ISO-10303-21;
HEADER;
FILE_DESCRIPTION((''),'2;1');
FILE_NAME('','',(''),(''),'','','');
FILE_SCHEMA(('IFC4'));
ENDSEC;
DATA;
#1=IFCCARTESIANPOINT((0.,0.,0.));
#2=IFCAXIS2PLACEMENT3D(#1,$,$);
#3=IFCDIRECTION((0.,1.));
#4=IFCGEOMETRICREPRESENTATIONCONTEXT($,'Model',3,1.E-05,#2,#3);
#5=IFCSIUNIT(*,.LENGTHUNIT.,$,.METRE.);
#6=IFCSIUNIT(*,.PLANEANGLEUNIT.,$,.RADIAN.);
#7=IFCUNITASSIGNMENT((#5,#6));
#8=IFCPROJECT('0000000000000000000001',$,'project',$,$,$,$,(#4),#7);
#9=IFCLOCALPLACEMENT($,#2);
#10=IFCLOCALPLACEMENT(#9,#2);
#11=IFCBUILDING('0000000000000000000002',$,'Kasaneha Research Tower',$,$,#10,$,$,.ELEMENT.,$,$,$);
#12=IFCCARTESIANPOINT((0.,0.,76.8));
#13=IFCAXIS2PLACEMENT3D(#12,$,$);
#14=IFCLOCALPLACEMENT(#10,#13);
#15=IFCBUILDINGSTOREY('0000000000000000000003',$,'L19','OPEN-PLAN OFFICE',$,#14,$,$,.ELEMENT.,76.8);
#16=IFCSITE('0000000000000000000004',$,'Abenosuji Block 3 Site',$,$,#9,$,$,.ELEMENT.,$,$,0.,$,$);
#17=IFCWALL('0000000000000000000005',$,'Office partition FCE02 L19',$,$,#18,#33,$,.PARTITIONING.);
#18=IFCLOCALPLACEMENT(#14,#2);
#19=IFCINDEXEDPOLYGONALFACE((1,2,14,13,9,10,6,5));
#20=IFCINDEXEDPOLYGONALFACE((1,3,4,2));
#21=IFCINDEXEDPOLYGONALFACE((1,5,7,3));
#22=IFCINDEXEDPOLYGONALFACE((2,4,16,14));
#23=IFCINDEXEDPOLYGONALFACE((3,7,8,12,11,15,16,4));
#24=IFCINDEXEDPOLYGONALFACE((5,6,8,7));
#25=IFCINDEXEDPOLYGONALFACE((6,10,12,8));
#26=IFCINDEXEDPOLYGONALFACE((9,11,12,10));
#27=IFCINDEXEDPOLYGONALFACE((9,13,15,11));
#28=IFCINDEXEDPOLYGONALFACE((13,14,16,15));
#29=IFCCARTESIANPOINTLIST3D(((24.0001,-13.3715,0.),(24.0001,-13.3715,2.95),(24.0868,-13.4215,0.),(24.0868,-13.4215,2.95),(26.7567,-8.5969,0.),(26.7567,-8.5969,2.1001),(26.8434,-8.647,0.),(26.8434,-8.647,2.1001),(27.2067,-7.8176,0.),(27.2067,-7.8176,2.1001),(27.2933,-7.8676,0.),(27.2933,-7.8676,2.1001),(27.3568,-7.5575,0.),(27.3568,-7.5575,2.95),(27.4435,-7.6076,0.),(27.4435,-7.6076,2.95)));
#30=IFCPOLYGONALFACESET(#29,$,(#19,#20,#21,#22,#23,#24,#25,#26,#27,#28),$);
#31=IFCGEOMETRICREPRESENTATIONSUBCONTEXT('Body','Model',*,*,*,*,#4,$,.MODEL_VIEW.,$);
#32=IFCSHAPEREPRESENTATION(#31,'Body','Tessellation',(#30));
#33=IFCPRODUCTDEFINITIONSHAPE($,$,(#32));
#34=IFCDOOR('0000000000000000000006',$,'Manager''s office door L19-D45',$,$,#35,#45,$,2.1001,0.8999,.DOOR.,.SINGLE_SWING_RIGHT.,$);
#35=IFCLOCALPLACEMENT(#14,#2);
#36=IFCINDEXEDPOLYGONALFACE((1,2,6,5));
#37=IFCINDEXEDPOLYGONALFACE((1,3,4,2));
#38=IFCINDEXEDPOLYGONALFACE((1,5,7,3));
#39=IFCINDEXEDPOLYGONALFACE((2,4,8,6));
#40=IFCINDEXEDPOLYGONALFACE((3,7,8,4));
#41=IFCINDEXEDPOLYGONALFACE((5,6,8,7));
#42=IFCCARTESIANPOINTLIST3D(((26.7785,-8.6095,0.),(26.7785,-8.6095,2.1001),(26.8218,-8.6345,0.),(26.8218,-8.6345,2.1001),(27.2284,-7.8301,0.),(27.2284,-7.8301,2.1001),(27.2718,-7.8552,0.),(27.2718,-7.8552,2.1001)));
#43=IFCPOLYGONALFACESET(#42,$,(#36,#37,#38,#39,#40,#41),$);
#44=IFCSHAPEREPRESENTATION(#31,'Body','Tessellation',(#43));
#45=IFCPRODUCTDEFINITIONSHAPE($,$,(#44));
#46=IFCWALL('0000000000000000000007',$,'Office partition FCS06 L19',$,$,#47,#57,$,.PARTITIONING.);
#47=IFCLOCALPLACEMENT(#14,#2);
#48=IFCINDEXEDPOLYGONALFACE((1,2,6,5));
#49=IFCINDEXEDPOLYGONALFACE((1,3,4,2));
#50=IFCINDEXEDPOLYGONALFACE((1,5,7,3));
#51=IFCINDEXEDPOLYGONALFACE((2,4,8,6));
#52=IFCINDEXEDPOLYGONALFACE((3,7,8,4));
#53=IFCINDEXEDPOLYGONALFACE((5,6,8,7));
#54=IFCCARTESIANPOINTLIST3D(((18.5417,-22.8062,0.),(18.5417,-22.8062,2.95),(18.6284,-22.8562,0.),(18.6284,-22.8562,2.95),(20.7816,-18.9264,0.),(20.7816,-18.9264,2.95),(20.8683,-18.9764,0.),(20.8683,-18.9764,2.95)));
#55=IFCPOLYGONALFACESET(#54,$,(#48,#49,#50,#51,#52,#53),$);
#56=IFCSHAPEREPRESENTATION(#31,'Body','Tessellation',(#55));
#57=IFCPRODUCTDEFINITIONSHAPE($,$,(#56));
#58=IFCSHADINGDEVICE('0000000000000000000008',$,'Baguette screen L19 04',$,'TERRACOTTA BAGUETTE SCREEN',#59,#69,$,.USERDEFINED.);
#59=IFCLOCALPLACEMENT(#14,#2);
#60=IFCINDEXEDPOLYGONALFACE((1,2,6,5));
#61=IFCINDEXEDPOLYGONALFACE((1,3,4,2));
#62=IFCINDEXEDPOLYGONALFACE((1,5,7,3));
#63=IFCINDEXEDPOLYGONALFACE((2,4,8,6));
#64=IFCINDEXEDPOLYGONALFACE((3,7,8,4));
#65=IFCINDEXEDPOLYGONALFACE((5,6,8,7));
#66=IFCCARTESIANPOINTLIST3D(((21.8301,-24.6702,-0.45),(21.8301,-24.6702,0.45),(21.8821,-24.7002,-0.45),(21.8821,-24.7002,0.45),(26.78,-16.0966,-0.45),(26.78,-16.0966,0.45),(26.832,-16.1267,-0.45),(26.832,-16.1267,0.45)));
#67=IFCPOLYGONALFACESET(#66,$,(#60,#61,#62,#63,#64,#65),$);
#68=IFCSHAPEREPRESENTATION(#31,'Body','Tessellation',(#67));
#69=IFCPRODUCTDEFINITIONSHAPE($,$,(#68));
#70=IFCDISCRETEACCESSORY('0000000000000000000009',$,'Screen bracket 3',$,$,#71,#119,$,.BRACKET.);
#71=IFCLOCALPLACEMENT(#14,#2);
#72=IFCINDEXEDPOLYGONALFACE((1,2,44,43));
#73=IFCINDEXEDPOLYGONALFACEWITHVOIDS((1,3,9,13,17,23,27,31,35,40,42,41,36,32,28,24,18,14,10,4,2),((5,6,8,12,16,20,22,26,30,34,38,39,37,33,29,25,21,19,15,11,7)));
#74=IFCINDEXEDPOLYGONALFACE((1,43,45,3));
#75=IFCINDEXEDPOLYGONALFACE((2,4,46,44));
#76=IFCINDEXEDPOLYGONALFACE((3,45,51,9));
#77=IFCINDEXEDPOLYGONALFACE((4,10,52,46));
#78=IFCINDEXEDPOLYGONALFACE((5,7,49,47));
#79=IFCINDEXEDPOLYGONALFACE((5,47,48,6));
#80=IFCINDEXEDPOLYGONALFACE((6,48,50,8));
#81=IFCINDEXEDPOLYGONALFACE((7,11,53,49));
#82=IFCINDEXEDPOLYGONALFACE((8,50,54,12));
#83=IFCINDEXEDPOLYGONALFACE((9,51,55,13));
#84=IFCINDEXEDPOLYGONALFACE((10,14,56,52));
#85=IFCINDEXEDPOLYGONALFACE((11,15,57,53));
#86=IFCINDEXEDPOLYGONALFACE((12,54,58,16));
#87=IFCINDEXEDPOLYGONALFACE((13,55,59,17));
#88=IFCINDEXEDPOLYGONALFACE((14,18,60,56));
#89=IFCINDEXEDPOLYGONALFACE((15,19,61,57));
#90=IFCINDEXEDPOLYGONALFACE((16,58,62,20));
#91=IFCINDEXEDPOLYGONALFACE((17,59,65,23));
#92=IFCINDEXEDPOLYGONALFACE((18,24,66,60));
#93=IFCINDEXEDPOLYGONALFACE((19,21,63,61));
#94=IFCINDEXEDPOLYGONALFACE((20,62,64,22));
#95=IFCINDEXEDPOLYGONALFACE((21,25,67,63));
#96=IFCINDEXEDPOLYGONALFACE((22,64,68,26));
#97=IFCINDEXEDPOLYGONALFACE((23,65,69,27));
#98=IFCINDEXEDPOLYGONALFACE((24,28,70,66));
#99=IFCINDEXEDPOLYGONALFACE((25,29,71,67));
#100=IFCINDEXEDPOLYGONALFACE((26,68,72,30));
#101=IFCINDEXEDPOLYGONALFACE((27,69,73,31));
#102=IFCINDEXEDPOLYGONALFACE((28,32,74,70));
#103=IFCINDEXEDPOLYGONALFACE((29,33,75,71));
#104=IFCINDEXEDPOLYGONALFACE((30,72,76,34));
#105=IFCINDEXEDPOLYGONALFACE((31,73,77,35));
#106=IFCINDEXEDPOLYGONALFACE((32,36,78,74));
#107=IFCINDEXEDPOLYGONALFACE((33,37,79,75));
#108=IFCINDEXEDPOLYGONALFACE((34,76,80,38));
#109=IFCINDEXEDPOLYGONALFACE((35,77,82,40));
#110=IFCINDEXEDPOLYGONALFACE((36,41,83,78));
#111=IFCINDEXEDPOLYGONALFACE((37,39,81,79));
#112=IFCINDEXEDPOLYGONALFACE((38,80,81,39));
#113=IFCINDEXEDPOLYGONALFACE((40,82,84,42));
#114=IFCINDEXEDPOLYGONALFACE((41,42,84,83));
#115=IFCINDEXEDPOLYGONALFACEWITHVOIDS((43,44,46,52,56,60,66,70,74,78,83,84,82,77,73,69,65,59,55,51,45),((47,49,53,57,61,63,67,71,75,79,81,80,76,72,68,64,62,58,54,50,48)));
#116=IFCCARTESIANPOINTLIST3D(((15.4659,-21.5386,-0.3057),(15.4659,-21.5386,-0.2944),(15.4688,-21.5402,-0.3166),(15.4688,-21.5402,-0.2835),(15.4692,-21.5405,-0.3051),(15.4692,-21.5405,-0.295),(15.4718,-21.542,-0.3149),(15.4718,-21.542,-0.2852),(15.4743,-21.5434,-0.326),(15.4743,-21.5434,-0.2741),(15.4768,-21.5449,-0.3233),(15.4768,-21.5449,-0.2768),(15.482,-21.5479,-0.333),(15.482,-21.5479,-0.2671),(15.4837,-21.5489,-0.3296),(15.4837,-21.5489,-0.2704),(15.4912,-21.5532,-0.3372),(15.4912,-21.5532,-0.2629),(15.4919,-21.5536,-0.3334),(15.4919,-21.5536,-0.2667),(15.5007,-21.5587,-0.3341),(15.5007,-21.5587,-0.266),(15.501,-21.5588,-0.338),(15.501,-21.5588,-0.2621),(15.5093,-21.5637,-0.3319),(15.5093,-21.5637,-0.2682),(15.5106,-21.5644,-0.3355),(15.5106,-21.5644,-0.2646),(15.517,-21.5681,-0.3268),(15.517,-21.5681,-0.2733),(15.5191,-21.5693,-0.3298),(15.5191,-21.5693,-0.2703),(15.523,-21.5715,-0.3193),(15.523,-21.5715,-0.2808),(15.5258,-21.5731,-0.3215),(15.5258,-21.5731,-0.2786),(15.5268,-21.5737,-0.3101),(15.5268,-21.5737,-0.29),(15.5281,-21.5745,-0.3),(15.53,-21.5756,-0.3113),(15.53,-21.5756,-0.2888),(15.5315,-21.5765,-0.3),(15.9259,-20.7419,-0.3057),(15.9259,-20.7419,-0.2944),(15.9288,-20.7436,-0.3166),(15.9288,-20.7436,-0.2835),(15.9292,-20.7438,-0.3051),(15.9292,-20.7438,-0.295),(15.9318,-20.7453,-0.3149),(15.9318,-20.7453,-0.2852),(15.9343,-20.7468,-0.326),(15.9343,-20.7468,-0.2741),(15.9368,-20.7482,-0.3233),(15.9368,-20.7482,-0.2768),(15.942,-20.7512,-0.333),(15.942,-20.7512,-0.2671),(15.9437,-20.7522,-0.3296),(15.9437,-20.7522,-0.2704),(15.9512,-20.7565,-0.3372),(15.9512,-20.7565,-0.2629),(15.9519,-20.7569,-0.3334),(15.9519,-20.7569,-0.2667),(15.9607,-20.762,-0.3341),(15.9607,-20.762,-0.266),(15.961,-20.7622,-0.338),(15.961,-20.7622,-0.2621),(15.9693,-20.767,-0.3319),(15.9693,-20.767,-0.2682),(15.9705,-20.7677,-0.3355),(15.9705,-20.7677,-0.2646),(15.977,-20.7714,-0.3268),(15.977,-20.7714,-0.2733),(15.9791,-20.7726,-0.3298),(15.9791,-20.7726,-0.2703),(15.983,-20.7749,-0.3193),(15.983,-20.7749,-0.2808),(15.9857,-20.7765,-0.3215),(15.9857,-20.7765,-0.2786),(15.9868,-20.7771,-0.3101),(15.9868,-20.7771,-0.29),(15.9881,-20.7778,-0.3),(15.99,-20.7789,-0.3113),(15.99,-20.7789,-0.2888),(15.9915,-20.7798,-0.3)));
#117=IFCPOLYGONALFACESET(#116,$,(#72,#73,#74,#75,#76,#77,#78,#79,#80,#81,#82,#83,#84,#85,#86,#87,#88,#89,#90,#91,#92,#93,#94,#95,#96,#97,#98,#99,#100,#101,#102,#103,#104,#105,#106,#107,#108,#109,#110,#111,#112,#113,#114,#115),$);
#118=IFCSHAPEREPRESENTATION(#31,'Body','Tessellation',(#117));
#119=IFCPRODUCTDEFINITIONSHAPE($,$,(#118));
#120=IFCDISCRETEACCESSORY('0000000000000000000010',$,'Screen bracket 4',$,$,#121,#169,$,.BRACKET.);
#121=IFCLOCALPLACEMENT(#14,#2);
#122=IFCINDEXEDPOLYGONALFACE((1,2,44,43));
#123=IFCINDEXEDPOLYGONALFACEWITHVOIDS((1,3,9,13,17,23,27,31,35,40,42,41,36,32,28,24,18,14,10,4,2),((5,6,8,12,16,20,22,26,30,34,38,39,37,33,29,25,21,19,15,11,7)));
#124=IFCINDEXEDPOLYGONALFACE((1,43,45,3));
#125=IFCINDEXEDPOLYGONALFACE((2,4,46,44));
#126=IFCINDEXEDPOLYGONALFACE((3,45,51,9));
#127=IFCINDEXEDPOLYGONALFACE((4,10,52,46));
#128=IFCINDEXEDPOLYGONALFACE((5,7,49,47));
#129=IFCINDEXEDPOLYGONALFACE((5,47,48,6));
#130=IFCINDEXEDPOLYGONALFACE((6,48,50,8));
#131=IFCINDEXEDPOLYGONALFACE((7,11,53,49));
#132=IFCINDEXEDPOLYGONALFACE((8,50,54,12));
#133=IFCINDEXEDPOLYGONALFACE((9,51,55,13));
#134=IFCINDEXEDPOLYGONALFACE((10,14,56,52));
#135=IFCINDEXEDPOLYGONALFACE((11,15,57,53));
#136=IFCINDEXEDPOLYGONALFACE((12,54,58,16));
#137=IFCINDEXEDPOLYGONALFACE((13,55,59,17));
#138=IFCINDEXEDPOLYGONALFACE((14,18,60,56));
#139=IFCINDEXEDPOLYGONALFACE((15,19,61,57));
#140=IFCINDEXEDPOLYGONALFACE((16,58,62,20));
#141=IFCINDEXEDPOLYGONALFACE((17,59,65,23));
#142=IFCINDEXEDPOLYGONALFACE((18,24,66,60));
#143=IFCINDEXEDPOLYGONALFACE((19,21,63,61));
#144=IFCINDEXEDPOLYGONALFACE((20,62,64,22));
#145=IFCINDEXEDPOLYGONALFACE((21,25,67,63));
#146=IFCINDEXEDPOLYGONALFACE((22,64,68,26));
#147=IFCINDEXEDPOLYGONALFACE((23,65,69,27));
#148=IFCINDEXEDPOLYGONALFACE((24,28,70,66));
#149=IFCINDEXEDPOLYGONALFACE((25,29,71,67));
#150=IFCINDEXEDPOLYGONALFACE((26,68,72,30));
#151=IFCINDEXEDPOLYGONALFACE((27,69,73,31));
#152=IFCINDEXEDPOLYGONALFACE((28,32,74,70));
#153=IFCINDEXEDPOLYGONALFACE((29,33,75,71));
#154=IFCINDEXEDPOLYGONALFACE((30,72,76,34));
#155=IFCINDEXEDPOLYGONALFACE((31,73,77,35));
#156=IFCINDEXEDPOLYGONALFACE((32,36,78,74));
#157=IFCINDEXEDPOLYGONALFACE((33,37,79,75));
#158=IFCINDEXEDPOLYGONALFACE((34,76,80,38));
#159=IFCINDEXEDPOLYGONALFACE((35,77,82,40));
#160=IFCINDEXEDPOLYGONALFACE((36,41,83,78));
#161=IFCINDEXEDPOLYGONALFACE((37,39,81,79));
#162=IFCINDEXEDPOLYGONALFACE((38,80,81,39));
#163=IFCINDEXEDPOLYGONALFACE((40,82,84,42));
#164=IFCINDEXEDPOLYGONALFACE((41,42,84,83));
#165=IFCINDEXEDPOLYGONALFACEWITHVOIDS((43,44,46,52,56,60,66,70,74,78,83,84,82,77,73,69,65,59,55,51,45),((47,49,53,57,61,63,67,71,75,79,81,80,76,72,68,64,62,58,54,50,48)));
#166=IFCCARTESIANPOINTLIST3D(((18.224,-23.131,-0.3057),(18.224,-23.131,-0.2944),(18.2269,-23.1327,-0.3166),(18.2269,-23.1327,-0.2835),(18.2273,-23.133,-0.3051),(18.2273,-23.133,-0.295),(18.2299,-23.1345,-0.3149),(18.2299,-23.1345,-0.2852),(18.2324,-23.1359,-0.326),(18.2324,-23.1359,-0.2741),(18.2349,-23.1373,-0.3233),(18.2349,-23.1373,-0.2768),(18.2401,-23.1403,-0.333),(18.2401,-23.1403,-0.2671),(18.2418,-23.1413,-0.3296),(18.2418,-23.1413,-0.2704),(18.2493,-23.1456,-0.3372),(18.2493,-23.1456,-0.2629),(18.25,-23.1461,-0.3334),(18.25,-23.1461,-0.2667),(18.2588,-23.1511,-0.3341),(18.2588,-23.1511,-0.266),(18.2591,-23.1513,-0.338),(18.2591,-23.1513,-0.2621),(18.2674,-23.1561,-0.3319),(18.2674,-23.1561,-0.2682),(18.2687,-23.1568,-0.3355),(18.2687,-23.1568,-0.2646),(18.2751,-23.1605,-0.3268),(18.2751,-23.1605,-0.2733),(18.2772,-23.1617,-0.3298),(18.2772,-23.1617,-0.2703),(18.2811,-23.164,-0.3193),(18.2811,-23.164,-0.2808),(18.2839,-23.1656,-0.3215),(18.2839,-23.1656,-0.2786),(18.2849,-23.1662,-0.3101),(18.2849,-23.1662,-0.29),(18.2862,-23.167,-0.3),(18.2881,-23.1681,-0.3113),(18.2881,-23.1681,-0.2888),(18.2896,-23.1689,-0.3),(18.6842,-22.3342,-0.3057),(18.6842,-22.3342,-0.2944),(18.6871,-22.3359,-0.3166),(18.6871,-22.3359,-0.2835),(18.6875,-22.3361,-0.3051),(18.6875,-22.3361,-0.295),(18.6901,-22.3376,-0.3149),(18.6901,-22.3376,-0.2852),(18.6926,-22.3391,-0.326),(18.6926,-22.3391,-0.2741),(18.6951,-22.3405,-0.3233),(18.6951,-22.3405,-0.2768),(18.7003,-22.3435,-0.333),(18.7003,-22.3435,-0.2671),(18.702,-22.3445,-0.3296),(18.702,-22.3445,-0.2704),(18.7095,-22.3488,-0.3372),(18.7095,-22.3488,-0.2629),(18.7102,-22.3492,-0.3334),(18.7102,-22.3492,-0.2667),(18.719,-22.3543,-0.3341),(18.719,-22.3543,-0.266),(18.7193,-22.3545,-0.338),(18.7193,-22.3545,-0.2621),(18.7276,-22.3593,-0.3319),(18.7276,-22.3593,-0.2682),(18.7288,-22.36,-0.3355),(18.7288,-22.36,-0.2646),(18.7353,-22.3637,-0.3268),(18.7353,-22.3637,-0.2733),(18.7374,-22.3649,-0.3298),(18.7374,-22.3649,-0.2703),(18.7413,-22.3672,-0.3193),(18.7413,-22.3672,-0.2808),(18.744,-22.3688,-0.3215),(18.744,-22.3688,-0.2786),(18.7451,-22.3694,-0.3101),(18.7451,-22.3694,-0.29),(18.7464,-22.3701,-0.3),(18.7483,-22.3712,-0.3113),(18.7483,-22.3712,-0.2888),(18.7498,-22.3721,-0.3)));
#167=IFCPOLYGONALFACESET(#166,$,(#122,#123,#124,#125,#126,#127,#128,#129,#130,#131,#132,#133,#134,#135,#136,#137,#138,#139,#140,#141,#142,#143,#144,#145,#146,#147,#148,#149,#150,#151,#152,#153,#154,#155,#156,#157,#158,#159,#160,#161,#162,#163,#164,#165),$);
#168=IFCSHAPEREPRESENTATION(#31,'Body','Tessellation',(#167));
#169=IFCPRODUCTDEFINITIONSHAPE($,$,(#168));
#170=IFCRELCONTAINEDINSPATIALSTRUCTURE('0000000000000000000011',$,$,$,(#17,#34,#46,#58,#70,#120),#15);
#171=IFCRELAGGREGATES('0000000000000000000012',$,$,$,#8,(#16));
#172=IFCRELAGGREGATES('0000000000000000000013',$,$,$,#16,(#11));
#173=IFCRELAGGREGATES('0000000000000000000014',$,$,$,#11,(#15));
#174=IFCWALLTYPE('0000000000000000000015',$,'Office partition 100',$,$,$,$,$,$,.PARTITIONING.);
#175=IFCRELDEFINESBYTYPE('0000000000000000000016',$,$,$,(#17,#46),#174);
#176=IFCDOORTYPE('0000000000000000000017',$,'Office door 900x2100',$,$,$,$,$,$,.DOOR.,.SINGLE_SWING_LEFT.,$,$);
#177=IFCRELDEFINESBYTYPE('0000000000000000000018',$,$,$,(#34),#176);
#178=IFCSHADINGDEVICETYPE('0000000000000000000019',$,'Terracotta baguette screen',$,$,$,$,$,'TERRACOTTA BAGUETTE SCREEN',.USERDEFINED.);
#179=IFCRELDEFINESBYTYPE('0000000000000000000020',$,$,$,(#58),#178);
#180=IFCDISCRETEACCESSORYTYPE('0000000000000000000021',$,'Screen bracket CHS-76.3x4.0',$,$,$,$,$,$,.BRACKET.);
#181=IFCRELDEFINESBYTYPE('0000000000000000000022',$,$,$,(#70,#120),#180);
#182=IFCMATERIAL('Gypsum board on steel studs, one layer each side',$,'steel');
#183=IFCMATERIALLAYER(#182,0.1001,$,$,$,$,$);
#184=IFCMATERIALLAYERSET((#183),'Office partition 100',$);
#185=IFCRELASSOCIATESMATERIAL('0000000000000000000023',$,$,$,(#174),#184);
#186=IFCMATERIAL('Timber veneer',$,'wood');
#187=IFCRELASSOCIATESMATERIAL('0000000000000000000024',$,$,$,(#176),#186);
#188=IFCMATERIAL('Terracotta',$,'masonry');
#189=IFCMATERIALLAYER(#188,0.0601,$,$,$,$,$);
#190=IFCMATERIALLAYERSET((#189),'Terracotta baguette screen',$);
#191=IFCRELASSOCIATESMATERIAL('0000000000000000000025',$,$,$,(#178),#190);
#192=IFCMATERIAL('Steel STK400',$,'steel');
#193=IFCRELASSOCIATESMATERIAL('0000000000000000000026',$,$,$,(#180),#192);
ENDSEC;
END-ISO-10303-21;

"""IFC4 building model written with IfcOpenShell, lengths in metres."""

from ifc_helpers import new_model, si_unit, direction, frame, frame_2d, origin, origin_2d, place, context, subcontext, project, spatial, rectangle, hollow_circle, extrude, material, layer, layer_set, material_profile, profile_set, type_object, element, fill, save


model = new_model("IFC4")

# Units and contexts
model_context = context("Model", 3, precision=1e-05, world=origin(), true_north=direction((0.0, 1.0)))
body_context = subcontext(model_context, "Body", "Model", "MODEL_VIEW")
ifc_project = project(units=[si_unit("LENGTHUNIT", "METRE"), si_unit("PLANEANGLEUNIT", "RADIAN")], contexts=[model_context])

# Site, building, storey
site_placement = place(None, origin())
site = spatial("IfcSite", under=ifc_project, at=site_placement, Name="Abenosuji Block 3 Site", CompositionType="ELEMENT", RefElevation=0.0)
building_placement = place(site_placement, origin())
building = spatial("IfcBuilding", under=site, at=building_placement, Name="Kasaneha Research Tower", CompositionType="ELEMENT")
storey_placement = place(building_placement, frame((0.0, 0.0, 76.8)))
storey = spatial("IfcBuildingStorey", under=building, at=storey_placement, Name="L19", Description="OPEN-PLAN OFFICE", CompositionType="ELEMENT", Elevation=76.8)

# Wall, opening, door
ifc_material_1 = material(Name="Gypsum board on steel studs, one layer each side", Category="steel")
ifc_layer_1 = layer(ifc_material_1, 0.1001)
ifc_layer_set_1 = layer_set([ifc_layer_1], Name="Office partition 100")
wall_type = type_object("IfcWallType", Name="Office partition 100", PredefinedType="PARTITIONING", material=ifc_layer_set_1)
wall_1_placement = place(storey_placement, frame((24.0435, -13.3965, 0.0), z_axis=(0.0, 0.0, 1.0), x_axis=(0.499999, 0.866026, 0.0)))
wall_1 = element("IfcWall", 1, at=wall_1_placement, inside=storey, type_object=wall_type, Name="Office partition FCE02 L19", PredefinedType="PARTITIONING", context=body_context, shape_type="SweptSolid", body=[
    extrude(rectangle(XDim=6.7134, YDim=0.1001, at=frame_2d((3.3567, 0.0))), origin(), (0.0, 0.0, 1.0), 2.95),
])
opening_placement = place(wall_1_placement, frame((5.5132, 0.0, 0.0)))
opening = element("IfcOpeningElement", 2, at=opening_placement, cuts=wall_1, PredefinedType="OPENING", context=body_context, shape_type="SweptSolid", body=[
    extrude(rectangle(XDim=0.8999, YDim=2.1001, at=frame_2d((0.45, 1.05))), frame((0.0, 0.0601, 0.0), z_axis=(0.0, -1.0, 0.0), x_axis=(1.0, 0.0, 0.0)), (0.0, 0.0, 1.0), 0.1201),
])
ifc_material_2 = material(Name="Timber veneer", Category="wood")
door_type = type_object("IfcDoorType", Name="Office door 900x2100", OperationType="SINGLE_SWING_LEFT", PredefinedType="DOOR", material=ifc_material_2)
door_placement = place(opening_placement, origin())
door = element("IfcDoor", 3, at=door_placement, inside=storey, type_object=door_type, Name="Manager's office door L19-D45", OperationType="SINGLE_SWING_RIGHT", OverallHeight=2.1001, OverallWidth=0.8999, PredefinedType="DOOR", context=body_context, shape_type="SweptSolid", body=[
    extrude(rectangle(XDim=0.8999, YDim=2.1001, at=frame_2d((0.45, 1.05))), frame((0.0, 0.0249, 0.0), z_axis=(0.0, -1.0, 0.0), x_axis=(1.0, 0.0, 0.0)), (0.0, 0.0, 1.0), 0.05),
])
fill(opening, door)

# Wall
wall_2_placement = place(storey_placement, frame((20.825, -18.9514, 0.0), z_axis=(0.0, 0.0, 1.0), x_axis=(-0.49999, -0.866031, 0.0)))
element("IfcWall", 4, at=wall_2_placement, inside=storey, type_object=wall_type, Name="Office partition FCS06 L19", PredefinedType="PARTITIONING", context=body_context, shape_type="SweptSolid", body=[
    extrude(rectangle(XDim=4.48, YDim=0.1001, at=frame_2d((2.24, 0.0))), origin(), (0.0, 0.0, 1.0), 2.95),
])

# Shading device
ifc_material_3 = material(Name="Terracotta", Category="masonry")
ifc_layer_2 = layer(ifc_material_3, 0.0601)
ifc_layer_set_2 = layer_set([ifc_layer_2], Name="Terracotta baguette screen")
shading_device_type = type_object("IfcShadingDeviceType", Name="Terracotta baguette screen", ElementType="TERRACOTTA BAGUETTE SCREEN", PredefinedType="USERDEFINED", material=ifc_layer_set_2)
shading_device_placement = place(storey_placement, frame((24.3311, -20.3984, -0.45), z_axis=(0.0, 0.0, 1.0), x_axis=(0.5, 0.866025, 0.0)))
element("IfcShadingDevice", 5, at=shading_device_placement, inside=storey, type_object=shading_device_type, Name="Baguette screen L19 04", ObjectType="TERRACOTTA BAGUETTE SCREEN", PredefinedType="USERDEFINED", context=body_context, shape_type="SweptSolid", body=[
    extrude(rectangle(XDim=9.8999, YDim=0.0601, at=origin_2d()), origin(), (0.0, 0.0, 1.0), 0.8999),
])

# Discrete accessories
ifc_material_4 = material(Name="Steel STK400", Category="steel")
ifc_material_profile_1 = material_profile(ifc_material_4, hollow_circle(Radius=0.0381, WallThickness=0.0039, at=origin_2d()), Name="CHS-76.3x4.0")
ifc_profile_set_1 = profile_set([ifc_material_profile_1], Name="Steel STK400")
discrete_accessory_type = type_object("IfcDiscreteAccessoryType", Name="Screen bracket CHS-76.3x4.0", PredefinedType="BRACKET", material=ifc_profile_set_1)
discrete_accessory_1_placement = place(storey_placement, frame((15.9585, -20.7607, -0.3), z_axis=(-0.500021, -0.866013, 0.0), x_axis=(0.866013, -0.500021, 0.0)))
element("IfcDiscreteAccessory", 6, at=discrete_accessory_1_placement, inside=storey, type_object=discrete_accessory_type, Name="Screen bracket 3", PredefinedType="BRACKET", context=body_context, shape_type="SweptSolid", body=[
    extrude(hollow_circle(Radius=0.0381, WallThickness=0.0039, at=origin_2d()), origin(), (0.0, 0.0, 1.0), 0.9199),
])
discrete_accessory_2_placement = place(storey_placement, frame((18.7168, -22.353, -0.3), z_axis=(-0.500105, -0.865965, 0.0), x_axis=(0.865965, -0.500105, 0.0)))
element("IfcDiscreteAccessory", 7, at=discrete_accessory_2_placement, inside=storey, type_object=discrete_accessory_type, Name="Screen bracket 4", PredefinedType="BRACKET", context=body_context, shape_type="SweptSolid", body=[
    extrude(hollow_circle(Radius=0.0381, WallThickness=0.0039, at=origin_2d()), origin(), (0.0, 0.0, 1.0), 0.9202),
])

save(model, "model.ifc")
